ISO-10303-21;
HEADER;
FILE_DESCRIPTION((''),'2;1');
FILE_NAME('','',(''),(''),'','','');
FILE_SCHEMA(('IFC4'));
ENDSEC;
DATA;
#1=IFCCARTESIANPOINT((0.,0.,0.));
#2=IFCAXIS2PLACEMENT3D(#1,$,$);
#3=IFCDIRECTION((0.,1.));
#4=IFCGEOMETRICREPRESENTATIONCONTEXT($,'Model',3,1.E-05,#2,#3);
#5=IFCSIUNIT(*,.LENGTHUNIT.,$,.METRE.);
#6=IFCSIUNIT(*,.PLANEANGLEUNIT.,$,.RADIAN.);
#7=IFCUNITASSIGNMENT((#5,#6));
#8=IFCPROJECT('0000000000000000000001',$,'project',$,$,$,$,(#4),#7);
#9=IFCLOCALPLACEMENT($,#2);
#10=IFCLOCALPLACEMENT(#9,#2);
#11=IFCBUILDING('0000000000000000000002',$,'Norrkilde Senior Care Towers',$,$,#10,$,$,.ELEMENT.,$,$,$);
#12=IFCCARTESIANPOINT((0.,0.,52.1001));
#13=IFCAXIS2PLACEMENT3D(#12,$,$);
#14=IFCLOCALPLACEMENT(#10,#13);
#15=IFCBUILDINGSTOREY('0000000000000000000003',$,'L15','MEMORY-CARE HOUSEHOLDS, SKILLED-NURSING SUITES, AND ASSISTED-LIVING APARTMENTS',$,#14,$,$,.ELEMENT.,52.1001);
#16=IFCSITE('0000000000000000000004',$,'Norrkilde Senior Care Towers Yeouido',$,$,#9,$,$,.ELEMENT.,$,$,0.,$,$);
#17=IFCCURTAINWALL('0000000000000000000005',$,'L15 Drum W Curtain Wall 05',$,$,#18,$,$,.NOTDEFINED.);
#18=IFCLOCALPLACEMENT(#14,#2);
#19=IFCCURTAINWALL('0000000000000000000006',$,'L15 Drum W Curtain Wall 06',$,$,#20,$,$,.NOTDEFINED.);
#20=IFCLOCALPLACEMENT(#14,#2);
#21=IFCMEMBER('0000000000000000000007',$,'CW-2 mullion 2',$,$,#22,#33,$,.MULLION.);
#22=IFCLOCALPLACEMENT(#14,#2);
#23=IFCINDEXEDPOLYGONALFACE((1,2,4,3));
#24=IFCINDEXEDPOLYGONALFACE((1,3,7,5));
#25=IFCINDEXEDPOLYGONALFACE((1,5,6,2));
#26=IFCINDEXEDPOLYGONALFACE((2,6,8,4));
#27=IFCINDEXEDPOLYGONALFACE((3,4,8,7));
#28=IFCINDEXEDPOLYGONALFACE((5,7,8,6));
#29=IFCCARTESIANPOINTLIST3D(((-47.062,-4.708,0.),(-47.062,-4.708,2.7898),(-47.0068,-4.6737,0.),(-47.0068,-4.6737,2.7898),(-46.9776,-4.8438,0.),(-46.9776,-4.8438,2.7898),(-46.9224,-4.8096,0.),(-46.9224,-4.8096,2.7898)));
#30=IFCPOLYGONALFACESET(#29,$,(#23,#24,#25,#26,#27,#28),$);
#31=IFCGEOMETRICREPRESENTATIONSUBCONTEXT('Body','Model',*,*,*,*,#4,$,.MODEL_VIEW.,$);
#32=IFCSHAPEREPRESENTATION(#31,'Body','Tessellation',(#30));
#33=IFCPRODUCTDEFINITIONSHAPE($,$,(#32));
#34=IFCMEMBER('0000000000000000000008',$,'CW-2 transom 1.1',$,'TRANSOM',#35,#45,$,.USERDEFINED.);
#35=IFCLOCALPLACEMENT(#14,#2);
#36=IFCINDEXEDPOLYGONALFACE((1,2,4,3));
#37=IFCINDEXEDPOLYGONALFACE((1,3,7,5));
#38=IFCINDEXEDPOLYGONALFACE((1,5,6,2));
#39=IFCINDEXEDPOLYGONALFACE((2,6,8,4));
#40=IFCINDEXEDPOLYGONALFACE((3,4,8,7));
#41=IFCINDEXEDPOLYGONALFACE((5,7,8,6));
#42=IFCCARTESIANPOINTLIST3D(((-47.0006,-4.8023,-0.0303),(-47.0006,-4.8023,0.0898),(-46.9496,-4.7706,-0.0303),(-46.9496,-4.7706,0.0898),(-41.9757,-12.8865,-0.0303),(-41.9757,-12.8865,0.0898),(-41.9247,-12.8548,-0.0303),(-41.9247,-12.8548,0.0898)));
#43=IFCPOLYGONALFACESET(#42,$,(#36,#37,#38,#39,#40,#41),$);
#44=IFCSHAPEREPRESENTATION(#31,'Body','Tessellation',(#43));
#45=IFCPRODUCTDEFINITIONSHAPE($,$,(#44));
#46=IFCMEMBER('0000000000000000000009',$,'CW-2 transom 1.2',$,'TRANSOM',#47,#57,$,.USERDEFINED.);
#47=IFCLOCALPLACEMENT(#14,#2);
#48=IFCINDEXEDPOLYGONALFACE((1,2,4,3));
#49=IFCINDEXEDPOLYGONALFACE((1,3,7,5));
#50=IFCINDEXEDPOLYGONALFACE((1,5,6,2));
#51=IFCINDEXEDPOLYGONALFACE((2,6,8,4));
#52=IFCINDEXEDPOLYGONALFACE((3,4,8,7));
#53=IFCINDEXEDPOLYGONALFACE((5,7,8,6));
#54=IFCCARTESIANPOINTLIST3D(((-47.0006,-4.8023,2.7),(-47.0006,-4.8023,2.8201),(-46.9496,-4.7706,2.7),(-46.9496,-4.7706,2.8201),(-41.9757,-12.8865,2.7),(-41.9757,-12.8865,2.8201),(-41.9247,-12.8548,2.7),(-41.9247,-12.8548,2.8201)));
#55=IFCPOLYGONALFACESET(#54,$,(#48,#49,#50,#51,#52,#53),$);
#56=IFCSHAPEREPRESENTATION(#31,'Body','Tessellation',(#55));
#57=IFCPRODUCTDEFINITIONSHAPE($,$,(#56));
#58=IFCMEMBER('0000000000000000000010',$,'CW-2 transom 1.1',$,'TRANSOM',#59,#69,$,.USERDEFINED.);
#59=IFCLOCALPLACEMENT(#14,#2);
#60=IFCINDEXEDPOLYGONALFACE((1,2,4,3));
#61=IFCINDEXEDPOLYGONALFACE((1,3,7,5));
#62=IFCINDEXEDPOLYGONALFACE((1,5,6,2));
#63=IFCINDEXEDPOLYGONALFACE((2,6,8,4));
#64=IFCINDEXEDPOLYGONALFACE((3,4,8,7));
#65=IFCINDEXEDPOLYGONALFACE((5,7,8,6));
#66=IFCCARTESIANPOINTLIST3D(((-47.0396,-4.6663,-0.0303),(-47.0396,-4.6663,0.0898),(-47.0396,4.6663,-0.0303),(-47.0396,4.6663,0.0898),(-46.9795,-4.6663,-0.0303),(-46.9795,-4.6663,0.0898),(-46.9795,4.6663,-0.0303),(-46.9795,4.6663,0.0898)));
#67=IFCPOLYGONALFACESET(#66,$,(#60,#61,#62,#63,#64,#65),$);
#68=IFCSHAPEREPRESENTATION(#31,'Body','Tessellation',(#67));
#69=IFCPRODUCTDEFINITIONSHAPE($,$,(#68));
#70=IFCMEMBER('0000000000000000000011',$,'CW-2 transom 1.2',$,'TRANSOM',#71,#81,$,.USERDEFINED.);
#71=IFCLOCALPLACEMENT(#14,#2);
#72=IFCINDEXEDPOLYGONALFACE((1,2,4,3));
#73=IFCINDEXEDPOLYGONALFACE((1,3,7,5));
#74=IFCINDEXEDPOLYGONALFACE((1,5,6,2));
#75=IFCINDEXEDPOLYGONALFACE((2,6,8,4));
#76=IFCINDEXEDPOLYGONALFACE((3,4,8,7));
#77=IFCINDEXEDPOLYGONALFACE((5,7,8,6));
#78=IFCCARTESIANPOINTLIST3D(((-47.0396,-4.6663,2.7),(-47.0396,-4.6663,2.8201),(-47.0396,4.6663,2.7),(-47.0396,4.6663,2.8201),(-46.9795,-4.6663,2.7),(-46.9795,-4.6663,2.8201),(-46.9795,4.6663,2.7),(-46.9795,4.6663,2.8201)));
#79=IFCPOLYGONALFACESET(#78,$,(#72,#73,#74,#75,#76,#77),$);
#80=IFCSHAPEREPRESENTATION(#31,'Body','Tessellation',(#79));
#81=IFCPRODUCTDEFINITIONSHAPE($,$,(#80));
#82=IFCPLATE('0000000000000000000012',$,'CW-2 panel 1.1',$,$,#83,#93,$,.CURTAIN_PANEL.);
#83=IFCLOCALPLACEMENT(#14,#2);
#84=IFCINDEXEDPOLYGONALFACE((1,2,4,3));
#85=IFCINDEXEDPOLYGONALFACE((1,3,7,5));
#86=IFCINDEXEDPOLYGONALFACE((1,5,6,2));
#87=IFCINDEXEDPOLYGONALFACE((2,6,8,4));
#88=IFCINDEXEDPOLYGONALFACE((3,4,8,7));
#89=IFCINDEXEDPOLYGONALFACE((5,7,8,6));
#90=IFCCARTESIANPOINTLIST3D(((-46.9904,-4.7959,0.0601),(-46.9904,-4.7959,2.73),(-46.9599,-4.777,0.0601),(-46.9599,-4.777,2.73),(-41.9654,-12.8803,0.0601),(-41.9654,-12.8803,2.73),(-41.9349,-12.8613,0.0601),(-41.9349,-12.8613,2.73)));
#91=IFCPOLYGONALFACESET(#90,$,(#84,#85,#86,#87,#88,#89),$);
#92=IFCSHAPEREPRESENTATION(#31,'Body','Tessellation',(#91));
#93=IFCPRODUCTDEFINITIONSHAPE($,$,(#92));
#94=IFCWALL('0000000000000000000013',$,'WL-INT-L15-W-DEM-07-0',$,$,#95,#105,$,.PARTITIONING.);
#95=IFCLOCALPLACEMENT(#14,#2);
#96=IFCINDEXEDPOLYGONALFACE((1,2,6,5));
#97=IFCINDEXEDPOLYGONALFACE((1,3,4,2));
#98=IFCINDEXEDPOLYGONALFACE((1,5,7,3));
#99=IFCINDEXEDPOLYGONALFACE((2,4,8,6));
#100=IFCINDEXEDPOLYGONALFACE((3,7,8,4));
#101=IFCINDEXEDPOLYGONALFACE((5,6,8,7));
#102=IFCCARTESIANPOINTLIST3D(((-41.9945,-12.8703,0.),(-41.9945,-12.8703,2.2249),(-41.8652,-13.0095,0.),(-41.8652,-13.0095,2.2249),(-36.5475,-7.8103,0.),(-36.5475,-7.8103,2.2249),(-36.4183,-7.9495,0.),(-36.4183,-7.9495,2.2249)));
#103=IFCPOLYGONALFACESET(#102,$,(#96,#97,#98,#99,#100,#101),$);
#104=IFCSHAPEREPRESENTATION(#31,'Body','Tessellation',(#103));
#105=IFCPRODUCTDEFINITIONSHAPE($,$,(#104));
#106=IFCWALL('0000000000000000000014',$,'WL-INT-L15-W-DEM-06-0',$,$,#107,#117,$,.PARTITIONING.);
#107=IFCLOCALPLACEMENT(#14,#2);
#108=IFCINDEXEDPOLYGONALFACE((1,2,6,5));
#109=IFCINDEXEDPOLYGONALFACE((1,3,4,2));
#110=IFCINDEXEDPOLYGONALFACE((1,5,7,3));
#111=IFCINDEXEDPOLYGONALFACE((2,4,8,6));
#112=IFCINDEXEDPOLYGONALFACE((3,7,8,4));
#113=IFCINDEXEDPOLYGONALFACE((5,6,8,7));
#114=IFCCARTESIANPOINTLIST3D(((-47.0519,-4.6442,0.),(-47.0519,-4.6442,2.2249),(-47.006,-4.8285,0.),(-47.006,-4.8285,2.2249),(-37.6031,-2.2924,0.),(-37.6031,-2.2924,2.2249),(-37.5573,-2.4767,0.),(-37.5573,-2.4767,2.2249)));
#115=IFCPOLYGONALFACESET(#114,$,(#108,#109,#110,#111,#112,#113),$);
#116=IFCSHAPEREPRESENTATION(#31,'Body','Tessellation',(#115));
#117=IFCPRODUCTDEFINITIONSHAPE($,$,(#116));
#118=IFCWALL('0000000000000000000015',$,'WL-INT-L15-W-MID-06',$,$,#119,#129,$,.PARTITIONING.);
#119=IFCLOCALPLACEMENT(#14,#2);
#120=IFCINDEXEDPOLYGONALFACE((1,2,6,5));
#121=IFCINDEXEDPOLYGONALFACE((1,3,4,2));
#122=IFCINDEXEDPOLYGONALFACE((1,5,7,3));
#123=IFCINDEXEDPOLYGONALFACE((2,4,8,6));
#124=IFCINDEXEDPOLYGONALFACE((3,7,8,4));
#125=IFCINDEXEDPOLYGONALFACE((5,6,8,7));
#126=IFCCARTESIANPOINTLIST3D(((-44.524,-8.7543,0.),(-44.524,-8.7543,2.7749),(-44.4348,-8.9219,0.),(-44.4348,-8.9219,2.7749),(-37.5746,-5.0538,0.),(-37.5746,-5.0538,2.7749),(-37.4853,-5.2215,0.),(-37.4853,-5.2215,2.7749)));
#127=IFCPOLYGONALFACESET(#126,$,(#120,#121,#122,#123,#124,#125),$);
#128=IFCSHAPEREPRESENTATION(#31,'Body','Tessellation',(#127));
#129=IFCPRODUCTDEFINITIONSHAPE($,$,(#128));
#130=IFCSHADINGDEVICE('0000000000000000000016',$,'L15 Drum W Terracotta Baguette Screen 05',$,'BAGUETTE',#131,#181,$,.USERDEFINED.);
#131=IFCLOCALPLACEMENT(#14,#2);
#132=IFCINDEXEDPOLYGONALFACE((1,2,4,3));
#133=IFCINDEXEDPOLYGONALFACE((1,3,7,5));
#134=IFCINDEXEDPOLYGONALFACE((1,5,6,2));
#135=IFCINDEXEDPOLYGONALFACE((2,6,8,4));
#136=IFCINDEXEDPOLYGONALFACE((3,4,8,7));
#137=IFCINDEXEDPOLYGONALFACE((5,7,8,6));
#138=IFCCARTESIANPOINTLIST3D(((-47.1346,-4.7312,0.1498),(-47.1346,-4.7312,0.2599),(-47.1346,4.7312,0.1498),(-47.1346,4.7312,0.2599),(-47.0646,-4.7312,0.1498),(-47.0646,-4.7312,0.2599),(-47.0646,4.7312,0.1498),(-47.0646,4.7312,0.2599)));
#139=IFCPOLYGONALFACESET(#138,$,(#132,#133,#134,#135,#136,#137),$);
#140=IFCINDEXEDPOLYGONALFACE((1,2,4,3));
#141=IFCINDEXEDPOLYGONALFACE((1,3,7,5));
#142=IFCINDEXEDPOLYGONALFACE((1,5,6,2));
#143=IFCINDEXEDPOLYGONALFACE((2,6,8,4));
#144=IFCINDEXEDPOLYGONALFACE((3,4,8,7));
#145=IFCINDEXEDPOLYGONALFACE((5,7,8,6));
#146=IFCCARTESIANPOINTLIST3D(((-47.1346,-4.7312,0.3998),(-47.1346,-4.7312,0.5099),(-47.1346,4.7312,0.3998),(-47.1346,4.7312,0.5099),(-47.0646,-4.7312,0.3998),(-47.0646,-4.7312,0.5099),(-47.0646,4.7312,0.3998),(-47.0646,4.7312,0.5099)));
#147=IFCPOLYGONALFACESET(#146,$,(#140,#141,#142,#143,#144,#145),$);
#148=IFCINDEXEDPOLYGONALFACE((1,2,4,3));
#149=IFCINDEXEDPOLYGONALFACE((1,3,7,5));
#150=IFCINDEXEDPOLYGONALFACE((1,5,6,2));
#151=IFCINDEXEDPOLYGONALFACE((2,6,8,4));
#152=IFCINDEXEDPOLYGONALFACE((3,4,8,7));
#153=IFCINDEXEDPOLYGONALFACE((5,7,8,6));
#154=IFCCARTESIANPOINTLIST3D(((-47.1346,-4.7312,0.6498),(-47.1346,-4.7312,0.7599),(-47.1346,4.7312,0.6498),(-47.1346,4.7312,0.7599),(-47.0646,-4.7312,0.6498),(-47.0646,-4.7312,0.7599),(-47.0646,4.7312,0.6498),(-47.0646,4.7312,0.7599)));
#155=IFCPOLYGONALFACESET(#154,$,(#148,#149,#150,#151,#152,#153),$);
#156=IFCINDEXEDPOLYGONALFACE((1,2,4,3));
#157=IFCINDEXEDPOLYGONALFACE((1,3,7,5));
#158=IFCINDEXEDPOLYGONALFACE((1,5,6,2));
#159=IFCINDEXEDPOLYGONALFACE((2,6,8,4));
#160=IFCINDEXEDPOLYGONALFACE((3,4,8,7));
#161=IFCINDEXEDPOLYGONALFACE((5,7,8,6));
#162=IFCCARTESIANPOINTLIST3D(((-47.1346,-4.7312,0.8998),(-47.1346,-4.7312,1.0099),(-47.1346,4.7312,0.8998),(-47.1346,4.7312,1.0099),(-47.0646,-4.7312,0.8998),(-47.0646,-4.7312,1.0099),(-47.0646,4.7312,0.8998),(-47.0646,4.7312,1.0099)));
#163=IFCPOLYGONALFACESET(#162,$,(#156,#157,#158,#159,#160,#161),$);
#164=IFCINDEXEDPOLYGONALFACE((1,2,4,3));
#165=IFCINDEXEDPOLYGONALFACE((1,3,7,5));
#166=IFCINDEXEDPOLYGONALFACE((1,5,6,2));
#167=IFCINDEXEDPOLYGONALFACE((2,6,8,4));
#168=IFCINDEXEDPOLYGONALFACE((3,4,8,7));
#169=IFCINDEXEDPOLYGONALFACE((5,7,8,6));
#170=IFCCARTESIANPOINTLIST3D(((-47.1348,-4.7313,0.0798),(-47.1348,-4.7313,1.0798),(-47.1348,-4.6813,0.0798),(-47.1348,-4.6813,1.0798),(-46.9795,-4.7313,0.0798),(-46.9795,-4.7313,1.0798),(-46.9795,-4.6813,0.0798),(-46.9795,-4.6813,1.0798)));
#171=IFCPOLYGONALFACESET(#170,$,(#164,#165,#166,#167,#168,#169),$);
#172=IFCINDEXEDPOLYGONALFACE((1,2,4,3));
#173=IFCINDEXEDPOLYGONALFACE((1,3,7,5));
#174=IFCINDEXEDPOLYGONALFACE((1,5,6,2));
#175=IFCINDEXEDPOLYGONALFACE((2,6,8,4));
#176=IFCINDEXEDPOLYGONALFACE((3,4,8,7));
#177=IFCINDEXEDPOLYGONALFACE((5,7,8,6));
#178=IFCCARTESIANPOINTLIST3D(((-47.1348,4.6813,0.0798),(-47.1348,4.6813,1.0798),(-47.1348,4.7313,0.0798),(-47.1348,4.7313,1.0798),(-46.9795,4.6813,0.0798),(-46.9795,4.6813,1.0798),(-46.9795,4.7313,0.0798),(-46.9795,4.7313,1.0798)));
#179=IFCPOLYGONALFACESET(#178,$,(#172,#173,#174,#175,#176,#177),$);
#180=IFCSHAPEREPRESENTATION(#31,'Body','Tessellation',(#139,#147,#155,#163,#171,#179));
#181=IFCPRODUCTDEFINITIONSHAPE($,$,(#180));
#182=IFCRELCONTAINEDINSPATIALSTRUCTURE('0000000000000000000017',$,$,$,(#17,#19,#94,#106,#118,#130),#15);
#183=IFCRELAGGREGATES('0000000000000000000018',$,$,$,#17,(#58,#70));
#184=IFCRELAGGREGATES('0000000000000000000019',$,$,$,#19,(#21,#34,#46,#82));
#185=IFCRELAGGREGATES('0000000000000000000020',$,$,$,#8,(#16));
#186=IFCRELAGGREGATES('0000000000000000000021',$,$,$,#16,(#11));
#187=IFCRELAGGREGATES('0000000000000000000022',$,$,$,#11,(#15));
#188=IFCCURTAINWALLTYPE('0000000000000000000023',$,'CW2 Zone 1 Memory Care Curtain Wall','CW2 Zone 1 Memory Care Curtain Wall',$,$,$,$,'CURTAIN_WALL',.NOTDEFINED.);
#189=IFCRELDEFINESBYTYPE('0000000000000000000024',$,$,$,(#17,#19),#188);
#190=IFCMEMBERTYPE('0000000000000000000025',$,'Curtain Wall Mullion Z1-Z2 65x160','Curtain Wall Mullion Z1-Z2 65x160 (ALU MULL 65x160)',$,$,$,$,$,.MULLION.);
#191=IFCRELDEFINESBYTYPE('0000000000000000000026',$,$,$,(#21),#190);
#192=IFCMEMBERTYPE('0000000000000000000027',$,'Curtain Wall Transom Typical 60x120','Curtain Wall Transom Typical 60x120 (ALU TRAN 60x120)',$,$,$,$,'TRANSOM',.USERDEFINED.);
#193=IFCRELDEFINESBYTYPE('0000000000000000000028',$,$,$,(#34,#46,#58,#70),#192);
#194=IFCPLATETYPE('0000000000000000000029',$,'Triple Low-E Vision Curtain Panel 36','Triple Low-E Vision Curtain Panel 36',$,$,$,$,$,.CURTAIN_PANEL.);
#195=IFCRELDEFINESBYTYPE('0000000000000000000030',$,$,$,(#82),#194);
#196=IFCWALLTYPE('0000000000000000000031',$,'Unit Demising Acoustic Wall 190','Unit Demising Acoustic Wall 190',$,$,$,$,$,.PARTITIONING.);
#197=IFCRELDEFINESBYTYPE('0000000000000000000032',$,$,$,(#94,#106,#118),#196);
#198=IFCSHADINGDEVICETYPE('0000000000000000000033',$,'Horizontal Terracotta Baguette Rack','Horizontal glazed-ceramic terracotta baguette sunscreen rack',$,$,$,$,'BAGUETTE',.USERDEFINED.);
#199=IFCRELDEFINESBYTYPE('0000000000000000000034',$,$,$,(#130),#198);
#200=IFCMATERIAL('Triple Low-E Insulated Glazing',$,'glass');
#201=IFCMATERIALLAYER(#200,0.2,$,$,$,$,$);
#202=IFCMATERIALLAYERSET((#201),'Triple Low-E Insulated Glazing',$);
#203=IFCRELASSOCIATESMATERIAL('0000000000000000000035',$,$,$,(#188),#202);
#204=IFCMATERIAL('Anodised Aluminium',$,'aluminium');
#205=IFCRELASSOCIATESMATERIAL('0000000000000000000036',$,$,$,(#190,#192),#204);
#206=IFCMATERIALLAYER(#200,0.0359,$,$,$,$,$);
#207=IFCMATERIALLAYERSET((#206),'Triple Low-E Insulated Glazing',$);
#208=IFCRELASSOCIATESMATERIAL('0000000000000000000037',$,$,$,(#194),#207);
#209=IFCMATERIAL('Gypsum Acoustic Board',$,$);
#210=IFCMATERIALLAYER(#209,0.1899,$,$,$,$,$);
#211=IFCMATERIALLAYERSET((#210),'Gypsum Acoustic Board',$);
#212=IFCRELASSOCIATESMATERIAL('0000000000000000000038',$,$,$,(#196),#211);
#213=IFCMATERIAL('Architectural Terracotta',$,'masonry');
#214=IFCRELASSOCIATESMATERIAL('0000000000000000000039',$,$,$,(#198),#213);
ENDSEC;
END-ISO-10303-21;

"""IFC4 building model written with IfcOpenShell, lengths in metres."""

from ifc_helpers import new_model, si_unit, direction, frame, frame_2d, origin, origin_2d, place, context, subcontext, project, spatial, rectangle, extrude, source, transform, mapped, material, layer, layer_set, material_profile, profile_set, type_object, type_shapes, element, aggregate, save


model = new_model("IFC4")

# Units and contexts
model_context = context("Model", 3, precision=1e-05, world=origin(), true_north=direction((0.0, 1.0)))
body_context = subcontext(model_context, "Body", "Model", "MODEL_VIEW")
ifc_project = project(units=[si_unit("LENGTHUNIT", "METRE"), si_unit("PLANEANGLEUNIT", "RADIAN")], contexts=[model_context])

# Site, building, storey
site_placement = place(None, origin())
site = spatial("IfcSite", under=ifc_project, at=site_placement, Name="Norrkilde Senior Care Towers Yeouido", CompositionType="ELEMENT", RefElevation=0.0)
building_placement = place(site_placement, origin())
building = spatial("IfcBuilding", under=site, at=building_placement, Name="Norrkilde Senior Care Towers", CompositionType="ELEMENT")
storey_placement = place(building_placement, frame((0.0, 0.0, 52.1001)))
storey = spatial("IfcBuildingStorey", under=building, at=storey_placement, Name="L15", Description="MEMORY-CARE HOUSEHOLDS, SKILLED-NURSING SUITES, AND ASSISTED-LIVING APARTMENTS", CompositionType="ELEMENT", Elevation=52.1001)

# Curtain wall
ifc_material_1 = material(Name="Triple Low-E Insulated Glazing", Category="glass")
ifc_layer_1 = layer(ifc_material_1, 0.2)
ifc_layer_set_1 = layer_set([ifc_layer_1], Name="Triple Low-E Insulated Glazing")
curtain_wall_type = type_object("IfcCurtainWallType", Name="CW2 Zone 1 Memory Care Curtain Wall", Description="CW2 Zone 1 Memory Care Curtain Wall", ElementType="CURTAIN_WALL", PredefinedType="NOTDEFINED", material=ifc_layer_set_1)
curtain_wall_1_placement = place(storey_placement, origin())
curtain_wall_1 = element("IfcCurtainWall", 1, at=curtain_wall_1_placement, inside=storey, type_object=curtain_wall_type, Name="L15 Drum W Curtain Wall 05", PredefinedType="NOTDEFINED")
ifc_material_2 = material(Name="Anodised Aluminium", Category="aluminium")
ifc_material_profile_1 = material_profile(ifc_material_2, rectangle(XDim=0.0649, YDim=0.1599, at=origin_2d()), Name="ALU MULL 65x160")
ifc_profile_set_1 = profile_set([ifc_material_profile_1], Name="Anodised Aluminium")
member_type_1 = type_object("IfcMemberType", Name="Curtain Wall Mullion Z1-Z2 65x160", Description="Curtain Wall Mullion Z1-Z2 65x160 (ALU MULL 65x160)", PredefinedType="MULLION", material=ifc_profile_set_1)
shared_shape_1 = source(origin(), body_context, "Body", "SweptSolid", [
    extrude(rectangle(XDim=0.0649, YDim=0.1599, at=origin_2d()), origin(), (0.0, 0.0, 1.0), 2.7898),
])
type_shapes(member_type_1, [shared_shape_1])

# Curtain wall, members
curtain_wall_2_placement = place(storey_placement, origin())
curtain_wall_2 = element("IfcCurtainWall", 2, at=curtain_wall_2_placement, inside=storey, type_object=curtain_wall_type, Name="L15 Drum W Curtain Wall 06", PredefinedType="NOTDEFINED")
member_1_placement = place(storey_placement, frame((-46.9922, -4.7588, 0.0), z_axis=(0.0, 0.0, 1.0), x_axis=(-0.849306, -0.527901, 0.0)))
member_1 = element("IfcMember", 3, at=member_1_placement, type_object=member_type_1, Name="CW-2 mullion 2", PredefinedType="MULLION", context=body_context, shape_type="MappedRepresentation", body=[
    mapped(shared_shape_1, transform((0.0, 0.0, 0.0), x_axis=(1.0, 0.0, 0.0), y_axis=(0.0, 1.0, 0.0), z_axis=(0.0, 0.0, 1.0), scale=1.0)),
])
ifc_material_profile_2 = material_profile(ifc_material_2, rectangle(XDim=0.0601, YDim=0.1201, at=origin_2d()), Name="ALU TRAN 60x120")
ifc_profile_set_2 = profile_set([ifc_material_profile_2], Name="Anodised Aluminium")
member_type_2 = type_object("IfcMemberType", Name="Curtain Wall Transom Typical 60x120", Description="Curtain Wall Transom Typical 60x120 (ALU TRAN 60x120)", ElementType="TRANSOM", PredefinedType="USERDEFINED", material=ifc_profile_set_2)
shared_shape_2 = source(origin(), body_context, "Body", "SweptSolid", [
    extrude(rectangle(XDim=0.0601, YDim=0.1201, at=origin_2d()), origin(), (0.0, 0.0, 1.0), 9.5186),
])
member_2_placement = place(storey_placement, frame((-41.9502, -12.8706, 0.0298), z_axis=(-0.527902, 0.849306, 0.0), x_axis=(-0.849306, -0.527902, 0.0)))
member_2 = element("IfcMember", 4, at=member_2_placement, type_object=member_type_2, Name="CW-2 transom 1.1", ObjectType="TRANSOM", PredefinedType="USERDEFINED", context=body_context, shape_type="MappedRepresentation", body=[
    mapped(shared_shape_2, transform((0.0, 0.0, 0.0), x_axis=(1.0, 0.0, 0.0), y_axis=(0.0, 1.0, 0.0), z_axis=(0.0, 0.0, 1.0), scale=1.0)),
])
member_3_placement = place(storey_placement, frame((-41.9502, -12.8706, 2.76), z_axis=(-0.527902, 0.849306, 0.0), x_axis=(-0.849306, -0.527902, 0.0)))
member_3 = element("IfcMember", 5, at=member_3_placement, type_object=member_type_2, Name="CW-2 transom 1.2", ObjectType="TRANSOM", PredefinedType="USERDEFINED", context=body_context, shape_type="MappedRepresentation", body=[
    mapped(shared_shape_2, transform((0.0, 0.0, 0.0), x_axis=(1.0, 0.0, 0.0), y_axis=(0.0, 1.0, 0.0), z_axis=(0.0, 0.0, 1.0), scale=1.0)),
])

# Members
shared_shape_3 = source(origin(), body_context, "Body", "SweptSolid", [
    extrude(rectangle(XDim=0.0601, YDim=0.1201, at=origin_2d()), origin(), (0.0, 0.0, 1.0), 9.3325),
])
type_shapes(member_type_2, [shared_shape_2, shared_shape_3])
member_4_placement = place(storey_placement, frame((-47.0095, -4.6663, 0.0298), z_axis=(0.0, 1.0, 0.0), x_axis=(-1.0, 0.0, 0.0)))
member_4 = element("IfcMember", 6, at=member_4_placement, type_object=member_type_2, Name="CW-2 transom 1.1", ObjectType="TRANSOM", PredefinedType="USERDEFINED", context=body_context, shape_type="MappedRepresentation", body=[
    mapped(shared_shape_3, transform((0.0, 0.0, 0.0), x_axis=(1.0, 0.0, 0.0), y_axis=(0.0, 1.0, 0.0), z_axis=(0.0, 0.0, 1.0), scale=1.0)),
])
member_5_placement = place(storey_placement, frame((-47.0095, -4.6663, 2.76), z_axis=(0.0, 1.0, 0.0), x_axis=(-1.0, 0.0, 0.0)))
member_5 = element("IfcMember", 7, at=member_5_placement, type_object=member_type_2, Name="CW-2 transom 1.2", ObjectType="TRANSOM", PredefinedType="USERDEFINED", context=body_context, shape_type="MappedRepresentation", body=[
    mapped(shared_shape_3, transform((0.0, 0.0, 0.0), x_axis=(1.0, 0.0, 0.0), y_axis=(0.0, 1.0, 0.0), z_axis=(0.0, 0.0, 1.0), scale=1.0)),
])
aggregate(curtain_wall_1, [member_4, member_5])

# Plate
ifc_layer_2 = layer(ifc_material_1, 0.0359)
ifc_layer_set_2 = layer_set([ifc_layer_2], Name="Triple Low-E Insulated Glazing")
plate_type = type_object("IfcPlateType", Name="Triple Low-E Vision Curtain Panel 36", Description="Triple Low-E Vision Curtain Panel 36", PredefinedType="CURTAIN_PANEL", material=ifc_layer_set_2)
shared_shape_4 = source(origin(), body_context, "Body", "SweptSolid", [
    extrude(rectangle(XDim=9.5188, YDim=0.0359, at=origin_2d()), origin(), (0.0, 0.0, 1.0), 2.6699),
])
type_shapes(plate_type, [shared_shape_4])
plate_placement = place(storey_placement, frame((-44.4626, -8.8286, 0.0601), z_axis=(0.0, 0.0, 1.0), x_axis=(-0.527901, 0.849306, 0.0)))
plate = element("IfcPlate", 8, at=plate_placement, type_object=plate_type, Name="CW-2 panel 1.1", PredefinedType="CURTAIN_PANEL", context=body_context, shape_type="MappedRepresentation", body=[
    mapped(shared_shape_4, transform((0.0, 0.0, 0.0), x_axis=(1.0, 0.0, 0.0), y_axis=(0.0, 1.0, 0.0), z_axis=(0.0, 0.0, 1.0), scale=1.0)),
])
aggregate(curtain_wall_2, [member_1, member_2, member_3, plate])

# Shared definitions
ifc_material_3 = material(Name="Gypsum Acoustic Board")

# Walls
ifc_layer_3 = layer(ifc_material_3, 0.1899)
ifc_layer_set_3 = layer_set([ifc_layer_3], Name="Gypsum Acoustic Board")
wall_type_1 = type_object("IfcWallType", Name="Unit Demising Acoustic Wall 190", Description="Unit Demising Acoustic Wall 190", PredefinedType="PARTITIONING", material=ifc_layer_set_3)
shared_shape_5 = source(origin(), body_context, "Body", "SweptSolid", [
    extrude(rectangle(XDim=7.4346, YDim=0.1899, at=frame_2d((3.7173, 0.0))), origin(), (0.0, 0.0, 1.0), 2.2249),
])
wall_1_placement = place(storey_placement, frame((-36.4829, -7.8799, 0.0), z_axis=(0.0, 0.0, 1.0), x_axis=(-0.732652, -0.680603, 0.0)))
element("IfcWall", 9, at=wall_1_placement, inside=storey, type_object=wall_type_1, Name="WL-INT-L15-W-DEM-07-0", PredefinedType="PARTITIONING", context=body_context, shape_type="MappedRepresentation", body=[
    mapped(shared_shape_5, transform((0.0, 0.0, 0.0), x_axis=(1.0, 0.0, 0.0), y_axis=(0.0, 1.0, 0.0), z_axis=(0.0, 0.0, 1.0), scale=1.0)),
])
shared_shape_6 = source(origin(), body_context, "Body", "SweptSolid", [
    extrude(rectangle(XDim=9.7371, YDim=0.1899, at=frame_2d((4.8687, 0.0))), origin(), (0.0, 0.0, 1.0), 2.2249),
])
wall_2_placement = place(storey_placement, frame((-37.5801, -2.3845, 0.0), z_axis=(0.0, 0.0, 1.0), x_axis=(-0.970393, -0.241533, 0.0)))
element("IfcWall", 10, at=wall_2_placement, inside=storey, type_object=wall_type_1, Name="WL-INT-L15-W-DEM-06-0", PredefinedType="PARTITIONING", context=body_context, shape_type="MappedRepresentation", body=[
    mapped(shared_shape_6, transform((0.0, 0.0, 0.0), x_axis=(1.0, 0.0, 0.0), y_axis=(0.0, 1.0, 0.0), z_axis=(0.0, 0.0, 1.0), scale=1.0)),
])
shared_shape_7 = source(origin(), body_context, "Body", "SweptSolid", [
    extrude(rectangle(XDim=7.8733, YDim=0.1899, at=frame_2d((3.9365, 0.0))), origin(), (0.0, 0.0, 1.0), 2.7749),
])
type_shapes(wall_type_1, [shared_shape_5, shared_shape_6, shared_shape_7])
wall_3_placement = place(storey_placement, frame((-37.53, -5.1377, 0.0), z_axis=(0.0, 0.0, 1.0), x_axis=(-0.882666, -0.470001, 0.0)))
element("IfcWall", 11, at=wall_3_placement, inside=storey, type_object=wall_type_1, Name="WL-INT-L15-W-MID-06", PredefinedType="PARTITIONING", context=body_context, shape_type="MappedRepresentation", body=[
    mapped(shared_shape_7, transform((0.0, 0.0, 0.0), x_axis=(1.0, 0.0, 0.0), y_axis=(0.0, 1.0, 0.0), z_axis=(0.0, 0.0, 1.0), scale=1.0)),
])

# Shading device
ifc_material_4 = material(Name="Architectural Terracotta", Category="masonry")
shading_device_type = type_object("IfcShadingDeviceType", Name="Horizontal Terracotta Baguette Rack", Description="Horizontal glazed-ceramic terracotta baguette sunscreen rack", ElementType="BAGUETTE", PredefinedType="USERDEFINED", material=ifc_material_4)
shared_shape_8 = source(origin(), body_context, "Body", "SweptSolid", [
    extrude(rectangle(XDim=0.0701, YDim=0.1101, at=origin_2d()), frame((0.0, 0.0901, 0.125), z_axis=(1.0, 0.0, 0.0), x_axis=(0.0, 1.0, 0.0)), (0.0, 0.0, 1.0), 9.4624),
    extrude(rectangle(XDim=0.0701, YDim=0.1101, at=origin_2d()), frame((0.0, 0.0901, 0.375), z_axis=(1.0, 0.0, 0.0), x_axis=(0.0, 1.0, 0.0)), (0.0, 0.0, 1.0), 9.4624),
    extrude(rectangle(XDim=0.0701, YDim=0.1101, at=origin_2d()), frame((0.0, 0.0901, 0.625), z_axis=(1.0, 0.0, 0.0), x_axis=(0.0, 1.0, 0.0)), (0.0, 0.0, 1.0), 9.4624),
    extrude(rectangle(XDim=0.0701, YDim=0.1101, at=origin_2d()), frame((0.0, 0.0901, 0.875), z_axis=(1.0, 0.0, 0.0), x_axis=(0.0, 1.0, 0.0)), (0.0, 0.0, 1.0), 9.4624),
    extrude(rectangle(XDim=0.05, YDim=0.1553, at=origin_2d()), frame((0.0249, 0.0476, 0.0)), (0.0, 0.0, 1.0), 1.0),
    extrude(rectangle(XDim=0.05, YDim=0.1553, at=origin_2d()), frame((9.4375, 0.0476, 0.0)), (0.0, 0.0, 1.0), 1.0),
])
type_shapes(shading_device_type, [shared_shape_8])
shading_device_placement = place(storey_placement, frame((-47.0095, -4.7312, 0.0798), z_axis=(0.0, 0.0, 1.0), x_axis=(0.0, 1.0, 0.0)))
element("IfcShadingDevice", 12, at=shading_device_placement, inside=storey, type_object=shading_device_type, Name="L15 Drum W Terracotta Baguette Screen 05", ObjectType="BAGUETTE", PredefinedType="USERDEFINED", context=body_context, shape_type="MappedRepresentation", body=[
    mapped(shared_shape_8, transform((0.0, 0.0, 0.0), x_axis=(1.0, 0.0, 0.0), y_axis=(0.0, 1.0, 0.0), z_axis=(0.0, 0.0, 1.0), scale=1.0)),
])

save(model, "model.ifc")
